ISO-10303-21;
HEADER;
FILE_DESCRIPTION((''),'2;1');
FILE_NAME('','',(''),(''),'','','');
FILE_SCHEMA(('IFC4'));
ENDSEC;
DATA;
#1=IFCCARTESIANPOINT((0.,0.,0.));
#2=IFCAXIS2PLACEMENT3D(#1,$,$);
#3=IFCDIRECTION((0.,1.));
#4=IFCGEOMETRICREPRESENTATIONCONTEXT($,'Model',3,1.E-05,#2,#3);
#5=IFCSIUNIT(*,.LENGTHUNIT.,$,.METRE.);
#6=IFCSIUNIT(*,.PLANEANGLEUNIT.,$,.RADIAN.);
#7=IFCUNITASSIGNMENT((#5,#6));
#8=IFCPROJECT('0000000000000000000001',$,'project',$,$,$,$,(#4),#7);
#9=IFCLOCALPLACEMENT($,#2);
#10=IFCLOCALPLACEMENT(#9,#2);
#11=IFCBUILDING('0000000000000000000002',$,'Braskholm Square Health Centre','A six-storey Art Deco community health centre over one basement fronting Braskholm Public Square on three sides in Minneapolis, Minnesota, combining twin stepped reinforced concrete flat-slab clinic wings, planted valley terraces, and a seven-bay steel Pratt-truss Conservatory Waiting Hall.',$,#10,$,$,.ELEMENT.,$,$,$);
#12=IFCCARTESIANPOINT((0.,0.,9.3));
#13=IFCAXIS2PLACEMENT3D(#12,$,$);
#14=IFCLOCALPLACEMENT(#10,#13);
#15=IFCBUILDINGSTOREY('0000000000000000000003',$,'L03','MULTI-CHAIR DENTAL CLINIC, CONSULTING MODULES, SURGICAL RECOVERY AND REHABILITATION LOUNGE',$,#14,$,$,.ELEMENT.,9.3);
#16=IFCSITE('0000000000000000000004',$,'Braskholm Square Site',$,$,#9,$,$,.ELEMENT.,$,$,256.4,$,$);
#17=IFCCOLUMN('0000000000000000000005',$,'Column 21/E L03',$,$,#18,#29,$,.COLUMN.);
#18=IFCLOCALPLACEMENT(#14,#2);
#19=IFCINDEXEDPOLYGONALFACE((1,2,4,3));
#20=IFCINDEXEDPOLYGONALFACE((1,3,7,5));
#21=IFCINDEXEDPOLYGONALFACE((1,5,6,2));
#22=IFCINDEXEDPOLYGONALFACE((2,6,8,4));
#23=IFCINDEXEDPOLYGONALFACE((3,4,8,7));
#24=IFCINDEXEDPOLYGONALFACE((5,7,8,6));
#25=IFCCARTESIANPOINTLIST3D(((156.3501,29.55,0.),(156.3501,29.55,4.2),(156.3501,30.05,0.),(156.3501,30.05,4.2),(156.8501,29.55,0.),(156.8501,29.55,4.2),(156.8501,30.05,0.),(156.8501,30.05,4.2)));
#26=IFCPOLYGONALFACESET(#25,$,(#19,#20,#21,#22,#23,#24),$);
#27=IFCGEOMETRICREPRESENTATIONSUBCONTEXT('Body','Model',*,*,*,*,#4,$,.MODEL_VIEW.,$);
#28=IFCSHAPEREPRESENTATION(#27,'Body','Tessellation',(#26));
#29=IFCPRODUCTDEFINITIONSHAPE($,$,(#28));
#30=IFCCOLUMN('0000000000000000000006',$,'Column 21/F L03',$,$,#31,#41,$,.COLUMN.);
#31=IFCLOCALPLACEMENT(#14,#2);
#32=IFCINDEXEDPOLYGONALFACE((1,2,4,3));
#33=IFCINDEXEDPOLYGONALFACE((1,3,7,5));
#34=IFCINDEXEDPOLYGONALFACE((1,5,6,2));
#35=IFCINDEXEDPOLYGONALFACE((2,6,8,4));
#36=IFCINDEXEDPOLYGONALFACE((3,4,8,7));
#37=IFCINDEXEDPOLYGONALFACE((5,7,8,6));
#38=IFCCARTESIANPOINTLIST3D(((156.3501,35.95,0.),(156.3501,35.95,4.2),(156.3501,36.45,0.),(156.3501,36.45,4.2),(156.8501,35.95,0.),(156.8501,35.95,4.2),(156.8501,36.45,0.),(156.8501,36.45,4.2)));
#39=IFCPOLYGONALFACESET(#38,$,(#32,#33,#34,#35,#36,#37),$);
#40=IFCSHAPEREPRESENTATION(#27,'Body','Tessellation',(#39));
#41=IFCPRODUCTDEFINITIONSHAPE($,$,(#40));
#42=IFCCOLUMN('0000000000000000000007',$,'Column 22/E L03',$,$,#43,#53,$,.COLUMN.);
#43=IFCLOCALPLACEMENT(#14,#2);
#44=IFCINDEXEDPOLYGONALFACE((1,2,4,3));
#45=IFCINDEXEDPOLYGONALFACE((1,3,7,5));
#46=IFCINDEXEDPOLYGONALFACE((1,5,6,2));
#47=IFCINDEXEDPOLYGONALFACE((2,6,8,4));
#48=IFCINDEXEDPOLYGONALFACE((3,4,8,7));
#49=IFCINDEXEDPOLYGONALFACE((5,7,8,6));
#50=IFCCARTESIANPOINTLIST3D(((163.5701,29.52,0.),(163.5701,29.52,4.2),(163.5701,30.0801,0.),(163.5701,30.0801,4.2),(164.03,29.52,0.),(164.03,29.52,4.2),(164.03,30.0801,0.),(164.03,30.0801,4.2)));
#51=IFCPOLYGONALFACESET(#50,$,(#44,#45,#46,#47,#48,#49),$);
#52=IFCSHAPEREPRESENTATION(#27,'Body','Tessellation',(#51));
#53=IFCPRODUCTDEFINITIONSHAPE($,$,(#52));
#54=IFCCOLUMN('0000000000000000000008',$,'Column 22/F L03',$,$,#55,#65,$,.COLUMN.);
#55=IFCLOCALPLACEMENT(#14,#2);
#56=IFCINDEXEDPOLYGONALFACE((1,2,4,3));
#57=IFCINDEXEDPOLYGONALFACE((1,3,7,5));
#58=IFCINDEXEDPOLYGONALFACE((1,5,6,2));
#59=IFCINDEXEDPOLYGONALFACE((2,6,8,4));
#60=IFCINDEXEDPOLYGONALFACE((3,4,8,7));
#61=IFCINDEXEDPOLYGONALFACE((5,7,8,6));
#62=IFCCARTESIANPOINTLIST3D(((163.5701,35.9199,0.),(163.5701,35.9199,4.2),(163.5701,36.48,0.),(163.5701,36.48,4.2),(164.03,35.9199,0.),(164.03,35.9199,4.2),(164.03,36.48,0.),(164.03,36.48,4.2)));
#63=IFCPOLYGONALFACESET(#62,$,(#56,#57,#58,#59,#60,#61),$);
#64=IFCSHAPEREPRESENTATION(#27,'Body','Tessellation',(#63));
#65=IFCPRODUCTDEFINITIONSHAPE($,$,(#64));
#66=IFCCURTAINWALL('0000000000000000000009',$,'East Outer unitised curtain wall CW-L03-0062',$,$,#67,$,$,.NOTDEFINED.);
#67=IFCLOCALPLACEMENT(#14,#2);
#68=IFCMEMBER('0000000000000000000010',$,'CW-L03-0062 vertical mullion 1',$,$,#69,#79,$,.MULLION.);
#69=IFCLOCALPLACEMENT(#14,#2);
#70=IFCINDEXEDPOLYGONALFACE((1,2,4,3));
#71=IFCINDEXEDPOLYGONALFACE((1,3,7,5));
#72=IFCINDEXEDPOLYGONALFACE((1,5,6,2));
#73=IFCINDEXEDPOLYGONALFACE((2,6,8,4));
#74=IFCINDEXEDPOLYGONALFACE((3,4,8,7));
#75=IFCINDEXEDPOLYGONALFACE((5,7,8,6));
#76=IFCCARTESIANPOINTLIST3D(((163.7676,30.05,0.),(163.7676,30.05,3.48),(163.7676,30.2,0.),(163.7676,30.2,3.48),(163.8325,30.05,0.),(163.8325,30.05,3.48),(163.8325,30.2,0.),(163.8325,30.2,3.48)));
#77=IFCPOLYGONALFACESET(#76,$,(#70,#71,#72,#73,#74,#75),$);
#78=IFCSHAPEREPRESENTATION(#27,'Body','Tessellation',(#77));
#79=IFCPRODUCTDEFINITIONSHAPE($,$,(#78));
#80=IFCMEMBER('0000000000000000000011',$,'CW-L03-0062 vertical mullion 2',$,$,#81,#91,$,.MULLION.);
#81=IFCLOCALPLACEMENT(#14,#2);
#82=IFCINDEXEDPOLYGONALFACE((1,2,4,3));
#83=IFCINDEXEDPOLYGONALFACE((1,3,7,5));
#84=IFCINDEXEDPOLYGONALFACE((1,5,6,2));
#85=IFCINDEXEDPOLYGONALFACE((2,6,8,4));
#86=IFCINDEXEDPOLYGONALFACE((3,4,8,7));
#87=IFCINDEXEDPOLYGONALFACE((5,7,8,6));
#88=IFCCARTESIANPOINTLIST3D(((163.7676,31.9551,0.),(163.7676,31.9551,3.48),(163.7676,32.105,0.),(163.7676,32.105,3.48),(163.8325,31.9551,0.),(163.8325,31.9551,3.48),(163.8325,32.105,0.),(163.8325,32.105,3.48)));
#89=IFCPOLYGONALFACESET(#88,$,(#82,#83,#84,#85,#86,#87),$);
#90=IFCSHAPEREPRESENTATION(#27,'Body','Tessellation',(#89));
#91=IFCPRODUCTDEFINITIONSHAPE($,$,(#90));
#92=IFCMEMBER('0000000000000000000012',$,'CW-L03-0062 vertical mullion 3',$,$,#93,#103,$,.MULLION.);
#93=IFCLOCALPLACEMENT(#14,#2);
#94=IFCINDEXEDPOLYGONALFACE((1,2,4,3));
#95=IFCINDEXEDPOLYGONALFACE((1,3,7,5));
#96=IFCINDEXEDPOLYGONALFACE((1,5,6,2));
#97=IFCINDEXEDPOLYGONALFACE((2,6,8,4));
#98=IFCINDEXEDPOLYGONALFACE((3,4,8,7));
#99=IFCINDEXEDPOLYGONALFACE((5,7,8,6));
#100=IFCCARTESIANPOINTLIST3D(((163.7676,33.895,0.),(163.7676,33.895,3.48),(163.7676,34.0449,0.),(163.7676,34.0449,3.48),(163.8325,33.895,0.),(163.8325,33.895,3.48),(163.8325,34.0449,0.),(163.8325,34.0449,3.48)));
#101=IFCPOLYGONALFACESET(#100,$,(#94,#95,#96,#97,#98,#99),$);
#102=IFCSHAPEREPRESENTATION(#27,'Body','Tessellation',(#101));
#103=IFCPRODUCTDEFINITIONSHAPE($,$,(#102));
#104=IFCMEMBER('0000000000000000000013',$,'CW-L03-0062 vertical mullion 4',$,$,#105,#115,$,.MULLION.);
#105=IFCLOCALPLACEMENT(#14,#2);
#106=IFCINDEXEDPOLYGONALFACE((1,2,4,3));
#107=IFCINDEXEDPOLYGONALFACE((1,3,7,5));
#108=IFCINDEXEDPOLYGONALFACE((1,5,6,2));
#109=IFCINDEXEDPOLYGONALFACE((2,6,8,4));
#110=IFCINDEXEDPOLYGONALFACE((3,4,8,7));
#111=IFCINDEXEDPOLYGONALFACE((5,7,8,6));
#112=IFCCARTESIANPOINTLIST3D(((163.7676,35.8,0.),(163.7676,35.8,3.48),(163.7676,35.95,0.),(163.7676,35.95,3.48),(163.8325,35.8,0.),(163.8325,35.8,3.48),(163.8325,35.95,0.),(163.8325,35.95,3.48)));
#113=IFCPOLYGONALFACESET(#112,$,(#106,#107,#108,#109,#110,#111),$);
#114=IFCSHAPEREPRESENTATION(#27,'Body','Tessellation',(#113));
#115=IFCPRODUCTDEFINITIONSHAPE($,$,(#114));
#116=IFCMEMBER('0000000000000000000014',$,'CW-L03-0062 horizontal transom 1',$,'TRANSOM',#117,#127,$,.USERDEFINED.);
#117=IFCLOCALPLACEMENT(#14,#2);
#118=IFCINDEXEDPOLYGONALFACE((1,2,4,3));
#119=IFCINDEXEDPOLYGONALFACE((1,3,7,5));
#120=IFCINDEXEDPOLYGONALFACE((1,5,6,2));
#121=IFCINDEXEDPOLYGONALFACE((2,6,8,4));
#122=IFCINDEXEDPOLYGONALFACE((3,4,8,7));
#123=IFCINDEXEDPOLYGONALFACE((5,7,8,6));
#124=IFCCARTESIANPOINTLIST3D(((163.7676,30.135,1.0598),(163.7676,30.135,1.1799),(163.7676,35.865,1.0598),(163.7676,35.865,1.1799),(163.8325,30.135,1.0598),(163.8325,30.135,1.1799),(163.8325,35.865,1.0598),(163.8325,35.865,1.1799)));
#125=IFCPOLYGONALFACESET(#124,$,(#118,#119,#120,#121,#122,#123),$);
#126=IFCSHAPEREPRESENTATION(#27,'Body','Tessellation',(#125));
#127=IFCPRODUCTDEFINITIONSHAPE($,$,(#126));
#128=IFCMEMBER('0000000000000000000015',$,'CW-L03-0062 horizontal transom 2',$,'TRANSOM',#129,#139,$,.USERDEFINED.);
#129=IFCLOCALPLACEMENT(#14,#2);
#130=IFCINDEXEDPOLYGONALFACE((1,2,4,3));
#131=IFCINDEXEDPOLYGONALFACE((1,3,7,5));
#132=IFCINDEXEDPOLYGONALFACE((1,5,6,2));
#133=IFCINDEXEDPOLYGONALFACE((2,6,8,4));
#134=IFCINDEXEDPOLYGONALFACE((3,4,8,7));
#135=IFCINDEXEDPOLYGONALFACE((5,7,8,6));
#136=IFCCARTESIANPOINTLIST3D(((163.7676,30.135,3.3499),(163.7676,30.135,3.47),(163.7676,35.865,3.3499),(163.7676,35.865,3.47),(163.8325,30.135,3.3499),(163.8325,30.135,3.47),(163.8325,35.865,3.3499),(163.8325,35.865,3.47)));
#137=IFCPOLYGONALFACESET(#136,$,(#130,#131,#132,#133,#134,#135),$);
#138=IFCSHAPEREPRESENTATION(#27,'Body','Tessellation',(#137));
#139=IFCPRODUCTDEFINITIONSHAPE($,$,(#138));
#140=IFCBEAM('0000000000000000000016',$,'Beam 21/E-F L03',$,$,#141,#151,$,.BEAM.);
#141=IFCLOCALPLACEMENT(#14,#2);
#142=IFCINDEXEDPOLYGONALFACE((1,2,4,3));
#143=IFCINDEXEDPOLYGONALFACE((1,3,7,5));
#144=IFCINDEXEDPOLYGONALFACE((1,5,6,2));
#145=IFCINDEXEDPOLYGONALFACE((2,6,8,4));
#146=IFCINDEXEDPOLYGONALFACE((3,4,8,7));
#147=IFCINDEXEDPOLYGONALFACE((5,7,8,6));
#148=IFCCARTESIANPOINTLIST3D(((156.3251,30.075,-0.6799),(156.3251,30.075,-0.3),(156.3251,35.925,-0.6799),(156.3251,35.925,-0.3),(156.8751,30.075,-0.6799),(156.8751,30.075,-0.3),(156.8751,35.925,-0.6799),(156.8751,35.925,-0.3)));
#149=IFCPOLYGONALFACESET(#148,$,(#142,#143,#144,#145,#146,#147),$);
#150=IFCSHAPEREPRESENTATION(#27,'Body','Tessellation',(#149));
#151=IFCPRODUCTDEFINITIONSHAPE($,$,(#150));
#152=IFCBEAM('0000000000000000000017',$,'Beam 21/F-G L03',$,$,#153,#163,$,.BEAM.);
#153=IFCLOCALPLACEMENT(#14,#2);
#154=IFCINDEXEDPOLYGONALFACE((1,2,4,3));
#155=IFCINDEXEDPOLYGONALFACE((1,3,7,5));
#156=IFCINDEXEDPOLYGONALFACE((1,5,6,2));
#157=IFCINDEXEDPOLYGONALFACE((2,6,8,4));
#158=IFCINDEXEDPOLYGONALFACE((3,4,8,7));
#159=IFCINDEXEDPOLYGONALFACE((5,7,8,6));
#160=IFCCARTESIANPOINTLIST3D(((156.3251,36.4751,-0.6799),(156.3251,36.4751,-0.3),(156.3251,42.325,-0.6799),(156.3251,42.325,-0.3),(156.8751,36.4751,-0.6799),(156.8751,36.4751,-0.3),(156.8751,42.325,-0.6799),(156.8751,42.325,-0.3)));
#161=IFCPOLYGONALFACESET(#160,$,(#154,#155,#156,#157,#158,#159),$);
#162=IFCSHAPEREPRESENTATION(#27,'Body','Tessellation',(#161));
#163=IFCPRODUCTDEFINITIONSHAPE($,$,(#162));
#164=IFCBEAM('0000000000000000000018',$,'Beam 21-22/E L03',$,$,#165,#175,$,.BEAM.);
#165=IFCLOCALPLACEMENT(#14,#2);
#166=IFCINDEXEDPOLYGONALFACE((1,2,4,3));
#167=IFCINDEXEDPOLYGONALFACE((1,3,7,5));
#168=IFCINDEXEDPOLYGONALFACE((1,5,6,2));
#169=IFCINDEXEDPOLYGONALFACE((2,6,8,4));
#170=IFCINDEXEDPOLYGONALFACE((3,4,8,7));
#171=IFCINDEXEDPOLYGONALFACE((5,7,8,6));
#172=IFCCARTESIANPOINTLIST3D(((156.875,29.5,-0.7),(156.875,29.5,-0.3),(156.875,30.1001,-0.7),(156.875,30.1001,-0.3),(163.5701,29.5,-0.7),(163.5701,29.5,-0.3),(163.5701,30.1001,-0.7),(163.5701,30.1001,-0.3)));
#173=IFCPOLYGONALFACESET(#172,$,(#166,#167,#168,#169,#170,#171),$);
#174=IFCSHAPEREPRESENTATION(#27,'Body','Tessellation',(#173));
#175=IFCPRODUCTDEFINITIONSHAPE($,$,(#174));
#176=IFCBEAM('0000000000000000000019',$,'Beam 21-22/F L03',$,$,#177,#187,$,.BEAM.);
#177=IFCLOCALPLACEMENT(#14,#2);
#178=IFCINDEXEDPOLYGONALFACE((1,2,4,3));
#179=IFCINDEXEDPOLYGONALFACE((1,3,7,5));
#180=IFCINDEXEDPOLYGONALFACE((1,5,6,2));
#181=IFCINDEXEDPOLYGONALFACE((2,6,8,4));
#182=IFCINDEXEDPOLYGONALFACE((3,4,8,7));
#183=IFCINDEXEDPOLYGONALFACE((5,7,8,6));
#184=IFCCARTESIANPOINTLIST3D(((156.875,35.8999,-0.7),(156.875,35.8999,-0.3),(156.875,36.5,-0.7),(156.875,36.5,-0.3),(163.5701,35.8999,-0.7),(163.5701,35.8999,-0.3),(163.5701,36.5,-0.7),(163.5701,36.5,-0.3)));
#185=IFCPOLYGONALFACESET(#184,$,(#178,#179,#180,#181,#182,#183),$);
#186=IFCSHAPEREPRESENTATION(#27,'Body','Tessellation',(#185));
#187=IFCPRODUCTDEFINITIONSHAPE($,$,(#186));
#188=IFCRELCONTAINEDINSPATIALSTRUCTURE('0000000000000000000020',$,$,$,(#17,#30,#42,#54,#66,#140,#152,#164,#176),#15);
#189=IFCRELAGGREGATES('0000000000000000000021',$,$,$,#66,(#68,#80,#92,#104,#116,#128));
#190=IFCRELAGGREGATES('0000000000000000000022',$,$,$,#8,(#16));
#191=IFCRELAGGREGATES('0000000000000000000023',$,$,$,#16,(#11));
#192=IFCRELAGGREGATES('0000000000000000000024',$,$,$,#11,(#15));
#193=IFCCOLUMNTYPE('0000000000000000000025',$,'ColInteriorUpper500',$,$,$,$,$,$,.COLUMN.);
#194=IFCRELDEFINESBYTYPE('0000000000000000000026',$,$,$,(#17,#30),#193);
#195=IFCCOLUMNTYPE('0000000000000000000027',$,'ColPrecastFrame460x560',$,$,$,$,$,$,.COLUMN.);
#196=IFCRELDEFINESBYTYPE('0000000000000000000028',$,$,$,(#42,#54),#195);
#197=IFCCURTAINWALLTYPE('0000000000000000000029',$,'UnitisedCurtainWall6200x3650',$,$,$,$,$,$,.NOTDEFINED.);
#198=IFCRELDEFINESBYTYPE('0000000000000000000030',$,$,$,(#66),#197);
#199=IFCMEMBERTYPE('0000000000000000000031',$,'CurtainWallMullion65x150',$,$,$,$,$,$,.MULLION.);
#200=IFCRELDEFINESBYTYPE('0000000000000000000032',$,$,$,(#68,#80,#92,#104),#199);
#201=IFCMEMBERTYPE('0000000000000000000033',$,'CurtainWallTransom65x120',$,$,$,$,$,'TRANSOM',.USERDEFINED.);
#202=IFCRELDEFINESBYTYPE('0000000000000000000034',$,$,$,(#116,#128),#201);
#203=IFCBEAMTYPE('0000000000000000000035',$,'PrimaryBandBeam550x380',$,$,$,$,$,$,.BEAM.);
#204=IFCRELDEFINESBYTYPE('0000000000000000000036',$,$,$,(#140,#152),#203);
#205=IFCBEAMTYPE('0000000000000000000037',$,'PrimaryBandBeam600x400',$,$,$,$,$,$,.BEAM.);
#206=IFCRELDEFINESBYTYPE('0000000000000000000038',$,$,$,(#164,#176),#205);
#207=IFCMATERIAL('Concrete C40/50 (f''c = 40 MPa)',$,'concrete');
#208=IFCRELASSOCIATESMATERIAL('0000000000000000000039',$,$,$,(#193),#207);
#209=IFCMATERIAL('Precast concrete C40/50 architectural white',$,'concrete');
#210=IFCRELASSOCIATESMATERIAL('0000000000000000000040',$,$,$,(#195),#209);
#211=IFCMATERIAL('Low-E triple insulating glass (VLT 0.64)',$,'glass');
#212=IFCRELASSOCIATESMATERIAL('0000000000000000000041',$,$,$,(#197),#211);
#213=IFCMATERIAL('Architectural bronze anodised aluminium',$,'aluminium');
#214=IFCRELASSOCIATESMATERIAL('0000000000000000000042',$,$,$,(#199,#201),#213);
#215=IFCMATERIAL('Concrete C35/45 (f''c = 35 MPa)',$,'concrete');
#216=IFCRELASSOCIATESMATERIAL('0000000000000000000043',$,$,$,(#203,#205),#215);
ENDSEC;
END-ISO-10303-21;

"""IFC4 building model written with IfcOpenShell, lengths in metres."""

from ifc_helpers import new_model, si_unit, direction, frame, origin, origin_2d, place, context, subcontext, project, spatial, rectangle, extrude, material, material_profile, profile_set, type_object, element, aggregate, save


model = new_model("IFC4")

# Units and contexts
model_context = context("Model", 3, precision=1e-05, world=origin(), true_north=direction((0.0, 1.0)))
body_context = subcontext(model_context, "Body", "Model", "MODEL_VIEW")
ifc_project = project(units=[si_unit("LENGTHUNIT", "METRE"), si_unit("PLANEANGLEUNIT", "RADIAN")], contexts=[model_context])

# Site, building, storey
site_placement = place(None, origin())
site = spatial("IfcSite", under=ifc_project, at=site_placement, Name="Braskholm Square Site", CompositionType="ELEMENT", RefElevation=256.4)
building_placement = place(site_placement, origin())
building = spatial("IfcBuilding", under=site, at=building_placement, Name="Braskholm Square Health Centre", Description="A six-storey Art Deco community health centre over one basement fronting Braskholm Public Square on three sides in Minneapolis, Minnesota, combining twin stepped reinforced concrete flat-slab clinic wings, planted valley terraces, and a seven-bay steel Pratt-truss Conservatory Waiting Hall.", CompositionType="ELEMENT")
storey_placement = place(building_placement, frame((0.0, 0.0, 9.3)))
storey = spatial("IfcBuildingStorey", under=building, at=storey_placement, Name="L03", Description="MULTI-CHAIR DENTAL CLINIC, CONSULTING MODULES, SURGICAL RECOVERY AND REHABILITATION LOUNGE", CompositionType="ELEMENT", Elevation=9.3)

# Columns
ifc_material_1 = material(Name="Concrete C40/50 (f'c = 40 MPa)", Category="concrete")
ifc_material_profile_1 = material_profile(ifc_material_1, rectangle(XDim=0.5, YDim=0.5, at=origin_2d()), Name="RC-500X500")
ifc_profile_set_1 = profile_set([ifc_material_profile_1], Name="Concrete C40/50 (f'c = 40 MPa)")
column_type_1 = type_object("IfcColumnType", Name="ColInteriorUpper500", PredefinedType="COLUMN", material=ifc_profile_set_1)
for number, where, z_axis, x_axis, name in (
    (1, (156.6001, 29.8, 0.0), (0.0, 0.0, 1.0), (1.0, 0.0, 0.0), "Column 21/E L03"),
    (2, (156.6001, 36.2, 0.0), (0.0, 0.0, 1.0), (1.0, 0.0, 0.0), "Column 21/F L03"),
):
    element("IfcColumn", number, at=place(storey_placement, frame(where, z_axis=z_axis, x_axis=x_axis)), inside=storey, type_object=column_type_1, Name=name, PredefinedType="COLUMN", context=body_context, shape_type="SweptSolid", body=[
        extrude(rectangle(XDim=0.5, YDim=0.5, at=origin_2d()), origin(), (0.0, 0.0, 1.0), 4.2),
    ])
ifc_material_2 = material(Name="Precast concrete C40/50 architectural white", Category="concrete")
ifc_material_profile_2 = material_profile(ifc_material_2, rectangle(XDim=0.46, YDim=0.5601, at=origin_2d()), Name="RC-460X560")
ifc_profile_set_2 = profile_set([ifc_material_profile_2], Name="Precast concrete C40/50 architectural white")
column_type_2 = type_object("IfcColumnType", Name="ColPrecastFrame460x560", PredefinedType="COLUMN", material=ifc_profile_set_2)
for number, where, z_axis, x_axis, name in (
    (3, (163.8, 29.8, 0.0), (0.0, 0.0, 1.0), (1.0, 0.0, 0.0), "Column 22/E L03"),
    (4, (163.8, 36.2, 0.0), (0.0, 0.0, 1.0), (1.0, 0.0, 0.0), "Column 22/F L03"),
):
    element("IfcColumn", number, at=place(storey_placement, frame(where, z_axis=z_axis, x_axis=x_axis)), inside=storey, type_object=column_type_2, Name=name, PredefinedType="COLUMN", context=body_context, shape_type="SweptSolid", body=[
        extrude(rectangle(XDim=0.46, YDim=0.5601, at=origin_2d()), origin(), (0.0, 0.0, 1.0), 4.2),
    ])

# Curtain wall, members
ifc_material_3 = material(Name="Low-E triple insulating glass (VLT 0.64)", Category="glass")
curtain_wall_type = type_object("IfcCurtainWallType", Name="UnitisedCurtainWall6200x3650", PredefinedType="NOTDEFINED", material=ifc_material_3)
curtain_wall_placement = place(storey_placement, origin())
curtain_wall = element("IfcCurtainWall", 5, at=curtain_wall_placement, inside=storey, type_object=curtain_wall_type, Name="East Outer unitised curtain wall CW-L03-0062", PredefinedType="NOTDEFINED")
ifc_material_4 = material(Name="Architectural bronze anodised aluminium", Category="aluminium")
ifc_material_profile_3 = material_profile(ifc_material_4, rectangle(XDim=0.0649, YDim=0.1499, at=origin_2d()), Name="ALU-65X150")
ifc_profile_set_3 = profile_set([ifc_material_profile_3], Name="Architectural bronze anodised aluminium")
member_type_1 = type_object("IfcMemberType", Name="CurtainWallMullion65x150", PredefinedType="MULLION", material=ifc_profile_set_3)
member_1_placement = place(storey_placement, frame((163.8, 30.125, 0.0), z_axis=(0.0, 0.0, 1.0), x_axis=(1.0, 0.0, 0.0)))
member_1 = element("IfcMember", 6, at=member_1_placement, type_object=member_type_1, Name="CW-L03-0062 vertical mullion 1", PredefinedType="MULLION", context=body_context, shape_type="SweptSolid", body=[
    extrude(rectangle(XDim=0.0649, YDim=0.1499, at=origin_2d()), origin(), (0.0, 0.0, 1.0), 3.48),
])
member_2_placement = place(storey_placement, frame((163.8, 32.03, 0.0), z_axis=(0.0, 0.0, 1.0), x_axis=(1.0, 0.0, 0.0)))
member_2 = element("IfcMember", 7, at=member_2_placement, type_object=member_type_1, Name="CW-L03-0062 vertical mullion 2", PredefinedType="MULLION", context=body_context, shape_type="SweptSolid", body=[
    extrude(rectangle(XDim=0.0649, YDim=0.1499, at=origin_2d()), origin(), (0.0, 0.0, 1.0), 3.48),
])
member_3_placement = place(storey_placement, frame((163.8, 33.97, 0.0), z_axis=(0.0, 0.0, 1.0), x_axis=(1.0, 0.0, 0.0)))
member_3 = element("IfcMember", 8, at=member_3_placement, type_object=member_type_1, Name="CW-L03-0062 vertical mullion 3", PredefinedType="MULLION", context=body_context, shape_type="SweptSolid", body=[
    extrude(rectangle(XDim=0.0649, YDim=0.1499, at=origin_2d()), origin(), (0.0, 0.0, 1.0), 3.48),
])
member_4_placement = place(storey_placement, frame((163.8, 35.875, 0.0), z_axis=(0.0, 0.0, 1.0), x_axis=(1.0, 0.0, 0.0)))
member_4 = element("IfcMember", 9, at=member_4_placement, type_object=member_type_1, Name="CW-L03-0062 vertical mullion 4", PredefinedType="MULLION", context=body_context, shape_type="SweptSolid", body=[
    extrude(rectangle(XDim=0.0649, YDim=0.1499, at=origin_2d()), origin(), (0.0, 0.0, 1.0), 3.48),
])
ifc_material_profile_4 = material_profile(ifc_material_4, rectangle(XDim=0.0649, YDim=0.1201, at=origin_2d()), Name="ALU-65X120")
ifc_profile_set_4 = profile_set([ifc_material_profile_4], Name="Architectural bronze anodised aluminium")
member_type_2 = type_object("IfcMemberType", Name="CurtainWallTransom65x120", ElementType="TRANSOM", PredefinedType="USERDEFINED", material=ifc_profile_set_4)
member_5_placement = place(storey_placement, frame((163.8, 30.135, 1.1199), z_axis=(0.0, 1.0, 0.0), x_axis=(-1.0, 0.0, 0.0)))
member_5 = element("IfcMember", 10, at=member_5_placement, type_object=member_type_2, Name="CW-L03-0062 horizontal transom 1", ObjectType="TRANSOM", PredefinedType="USERDEFINED", context=body_context, shape_type="SweptSolid", body=[
    extrude(rectangle(XDim=0.0649, YDim=0.1201, at=origin_2d()), origin(), (0.0, 0.0, 1.0), 5.73),
])
member_6_placement = place(storey_placement, frame((163.8, 30.135, 3.4099), z_axis=(0.0, 1.0, 0.0), x_axis=(-1.0, 0.0, 0.0)))
member_6 = element("IfcMember", 11, at=member_6_placement, type_object=member_type_2, Name="CW-L03-0062 horizontal transom 2", ObjectType="TRANSOM", PredefinedType="USERDEFINED", context=body_context, shape_type="SweptSolid", body=[
    extrude(rectangle(XDim=0.0649, YDim=0.1201, at=origin_2d()), origin(), (0.0, 0.0, 1.0), 5.73),
])

# Beams
ifc_material_5 = material(Name="Concrete C35/45 (f'c = 35 MPa)", Category="concrete")
ifc_material_profile_5 = material_profile(ifc_material_5, rectangle(XDim=0.55, YDim=0.3799, at=origin_2d()), Name="RCB-550X380")
ifc_profile_set_5 = profile_set([ifc_material_profile_5], Name="Concrete C35/45 (f'c = 35 MPa)")
beam_type_1 = type_object("IfcBeamType", Name="PrimaryBandBeam550x380", PredefinedType="BEAM", material=ifc_profile_set_5)
beam_1_placement = place(storey_placement, frame((156.6001, 30.075, -0.49), z_axis=(0.0, 1.0, 0.0), x_axis=(-1.0, 0.0, 0.0)))
element("IfcBeam", 12, at=beam_1_placement, inside=storey, type_object=beam_type_1, Name="Beam 21/E-F L03", PredefinedType="BEAM", context=body_context, shape_type="SweptSolid", body=[
    extrude(rectangle(XDim=0.55, YDim=0.3799, at=origin_2d()), origin(), (0.0, 0.0, 1.0), 5.8501),
])
beam_2_placement = place(storey_placement, frame((156.6001, 36.4751, -0.49), z_axis=(0.0, 1.0, 0.0), x_axis=(-1.0, 0.0, 0.0)))
element("IfcBeam", 13, at=beam_2_placement, inside=storey, type_object=beam_type_1, Name="Beam 21/F-G L03", PredefinedType="BEAM", context=body_context, shape_type="SweptSolid", body=[
    extrude(rectangle(XDim=0.55, YDim=0.3799, at=origin_2d()), origin(), (0.0, 0.0, 1.0), 5.8499),
])
ifc_material_profile_6 = material_profile(ifc_material_5, rectangle(XDim=0.6001, YDim=0.3999, at=origin_2d()), Name="RCB-600X400")
ifc_profile_set_6 = profile_set([ifc_material_profile_6], Name="Concrete C35/45 (f'c = 35 MPa)")
beam_type_2 = type_object("IfcBeamType", Name="PrimaryBandBeam600x400", PredefinedType="BEAM", material=ifc_profile_set_6)
for number, where, z_axis, x_axis, name in (
    (14, (156.875, 29.8, -0.5), (1.0, 0.0, 0.0), (0.0, 1.0, 0.0), "Beam 21-22/E L03"),
    (15, (156.875, 36.2, -0.5), (1.0, 0.0, 0.0), (0.0, 1.0, 0.0), "Beam 21-22/F L03"),
):
    element("IfcBeam", number, at=place(storey_placement, frame(where, z_axis=z_axis, x_axis=x_axis)), inside=storey, type_object=beam_type_2, Name=name, PredefinedType="BEAM", context=body_context, shape_type="SweptSolid", body=[
        extrude(rectangle(XDim=0.6001, YDim=0.3999, at=origin_2d()), origin(), (0.0, 0.0, 1.0), 6.6951),
    ])

aggregate(curtain_wall, [member_1, member_2, member_3, member_4, member_5, member_6])

save(model, "model.ifc")
